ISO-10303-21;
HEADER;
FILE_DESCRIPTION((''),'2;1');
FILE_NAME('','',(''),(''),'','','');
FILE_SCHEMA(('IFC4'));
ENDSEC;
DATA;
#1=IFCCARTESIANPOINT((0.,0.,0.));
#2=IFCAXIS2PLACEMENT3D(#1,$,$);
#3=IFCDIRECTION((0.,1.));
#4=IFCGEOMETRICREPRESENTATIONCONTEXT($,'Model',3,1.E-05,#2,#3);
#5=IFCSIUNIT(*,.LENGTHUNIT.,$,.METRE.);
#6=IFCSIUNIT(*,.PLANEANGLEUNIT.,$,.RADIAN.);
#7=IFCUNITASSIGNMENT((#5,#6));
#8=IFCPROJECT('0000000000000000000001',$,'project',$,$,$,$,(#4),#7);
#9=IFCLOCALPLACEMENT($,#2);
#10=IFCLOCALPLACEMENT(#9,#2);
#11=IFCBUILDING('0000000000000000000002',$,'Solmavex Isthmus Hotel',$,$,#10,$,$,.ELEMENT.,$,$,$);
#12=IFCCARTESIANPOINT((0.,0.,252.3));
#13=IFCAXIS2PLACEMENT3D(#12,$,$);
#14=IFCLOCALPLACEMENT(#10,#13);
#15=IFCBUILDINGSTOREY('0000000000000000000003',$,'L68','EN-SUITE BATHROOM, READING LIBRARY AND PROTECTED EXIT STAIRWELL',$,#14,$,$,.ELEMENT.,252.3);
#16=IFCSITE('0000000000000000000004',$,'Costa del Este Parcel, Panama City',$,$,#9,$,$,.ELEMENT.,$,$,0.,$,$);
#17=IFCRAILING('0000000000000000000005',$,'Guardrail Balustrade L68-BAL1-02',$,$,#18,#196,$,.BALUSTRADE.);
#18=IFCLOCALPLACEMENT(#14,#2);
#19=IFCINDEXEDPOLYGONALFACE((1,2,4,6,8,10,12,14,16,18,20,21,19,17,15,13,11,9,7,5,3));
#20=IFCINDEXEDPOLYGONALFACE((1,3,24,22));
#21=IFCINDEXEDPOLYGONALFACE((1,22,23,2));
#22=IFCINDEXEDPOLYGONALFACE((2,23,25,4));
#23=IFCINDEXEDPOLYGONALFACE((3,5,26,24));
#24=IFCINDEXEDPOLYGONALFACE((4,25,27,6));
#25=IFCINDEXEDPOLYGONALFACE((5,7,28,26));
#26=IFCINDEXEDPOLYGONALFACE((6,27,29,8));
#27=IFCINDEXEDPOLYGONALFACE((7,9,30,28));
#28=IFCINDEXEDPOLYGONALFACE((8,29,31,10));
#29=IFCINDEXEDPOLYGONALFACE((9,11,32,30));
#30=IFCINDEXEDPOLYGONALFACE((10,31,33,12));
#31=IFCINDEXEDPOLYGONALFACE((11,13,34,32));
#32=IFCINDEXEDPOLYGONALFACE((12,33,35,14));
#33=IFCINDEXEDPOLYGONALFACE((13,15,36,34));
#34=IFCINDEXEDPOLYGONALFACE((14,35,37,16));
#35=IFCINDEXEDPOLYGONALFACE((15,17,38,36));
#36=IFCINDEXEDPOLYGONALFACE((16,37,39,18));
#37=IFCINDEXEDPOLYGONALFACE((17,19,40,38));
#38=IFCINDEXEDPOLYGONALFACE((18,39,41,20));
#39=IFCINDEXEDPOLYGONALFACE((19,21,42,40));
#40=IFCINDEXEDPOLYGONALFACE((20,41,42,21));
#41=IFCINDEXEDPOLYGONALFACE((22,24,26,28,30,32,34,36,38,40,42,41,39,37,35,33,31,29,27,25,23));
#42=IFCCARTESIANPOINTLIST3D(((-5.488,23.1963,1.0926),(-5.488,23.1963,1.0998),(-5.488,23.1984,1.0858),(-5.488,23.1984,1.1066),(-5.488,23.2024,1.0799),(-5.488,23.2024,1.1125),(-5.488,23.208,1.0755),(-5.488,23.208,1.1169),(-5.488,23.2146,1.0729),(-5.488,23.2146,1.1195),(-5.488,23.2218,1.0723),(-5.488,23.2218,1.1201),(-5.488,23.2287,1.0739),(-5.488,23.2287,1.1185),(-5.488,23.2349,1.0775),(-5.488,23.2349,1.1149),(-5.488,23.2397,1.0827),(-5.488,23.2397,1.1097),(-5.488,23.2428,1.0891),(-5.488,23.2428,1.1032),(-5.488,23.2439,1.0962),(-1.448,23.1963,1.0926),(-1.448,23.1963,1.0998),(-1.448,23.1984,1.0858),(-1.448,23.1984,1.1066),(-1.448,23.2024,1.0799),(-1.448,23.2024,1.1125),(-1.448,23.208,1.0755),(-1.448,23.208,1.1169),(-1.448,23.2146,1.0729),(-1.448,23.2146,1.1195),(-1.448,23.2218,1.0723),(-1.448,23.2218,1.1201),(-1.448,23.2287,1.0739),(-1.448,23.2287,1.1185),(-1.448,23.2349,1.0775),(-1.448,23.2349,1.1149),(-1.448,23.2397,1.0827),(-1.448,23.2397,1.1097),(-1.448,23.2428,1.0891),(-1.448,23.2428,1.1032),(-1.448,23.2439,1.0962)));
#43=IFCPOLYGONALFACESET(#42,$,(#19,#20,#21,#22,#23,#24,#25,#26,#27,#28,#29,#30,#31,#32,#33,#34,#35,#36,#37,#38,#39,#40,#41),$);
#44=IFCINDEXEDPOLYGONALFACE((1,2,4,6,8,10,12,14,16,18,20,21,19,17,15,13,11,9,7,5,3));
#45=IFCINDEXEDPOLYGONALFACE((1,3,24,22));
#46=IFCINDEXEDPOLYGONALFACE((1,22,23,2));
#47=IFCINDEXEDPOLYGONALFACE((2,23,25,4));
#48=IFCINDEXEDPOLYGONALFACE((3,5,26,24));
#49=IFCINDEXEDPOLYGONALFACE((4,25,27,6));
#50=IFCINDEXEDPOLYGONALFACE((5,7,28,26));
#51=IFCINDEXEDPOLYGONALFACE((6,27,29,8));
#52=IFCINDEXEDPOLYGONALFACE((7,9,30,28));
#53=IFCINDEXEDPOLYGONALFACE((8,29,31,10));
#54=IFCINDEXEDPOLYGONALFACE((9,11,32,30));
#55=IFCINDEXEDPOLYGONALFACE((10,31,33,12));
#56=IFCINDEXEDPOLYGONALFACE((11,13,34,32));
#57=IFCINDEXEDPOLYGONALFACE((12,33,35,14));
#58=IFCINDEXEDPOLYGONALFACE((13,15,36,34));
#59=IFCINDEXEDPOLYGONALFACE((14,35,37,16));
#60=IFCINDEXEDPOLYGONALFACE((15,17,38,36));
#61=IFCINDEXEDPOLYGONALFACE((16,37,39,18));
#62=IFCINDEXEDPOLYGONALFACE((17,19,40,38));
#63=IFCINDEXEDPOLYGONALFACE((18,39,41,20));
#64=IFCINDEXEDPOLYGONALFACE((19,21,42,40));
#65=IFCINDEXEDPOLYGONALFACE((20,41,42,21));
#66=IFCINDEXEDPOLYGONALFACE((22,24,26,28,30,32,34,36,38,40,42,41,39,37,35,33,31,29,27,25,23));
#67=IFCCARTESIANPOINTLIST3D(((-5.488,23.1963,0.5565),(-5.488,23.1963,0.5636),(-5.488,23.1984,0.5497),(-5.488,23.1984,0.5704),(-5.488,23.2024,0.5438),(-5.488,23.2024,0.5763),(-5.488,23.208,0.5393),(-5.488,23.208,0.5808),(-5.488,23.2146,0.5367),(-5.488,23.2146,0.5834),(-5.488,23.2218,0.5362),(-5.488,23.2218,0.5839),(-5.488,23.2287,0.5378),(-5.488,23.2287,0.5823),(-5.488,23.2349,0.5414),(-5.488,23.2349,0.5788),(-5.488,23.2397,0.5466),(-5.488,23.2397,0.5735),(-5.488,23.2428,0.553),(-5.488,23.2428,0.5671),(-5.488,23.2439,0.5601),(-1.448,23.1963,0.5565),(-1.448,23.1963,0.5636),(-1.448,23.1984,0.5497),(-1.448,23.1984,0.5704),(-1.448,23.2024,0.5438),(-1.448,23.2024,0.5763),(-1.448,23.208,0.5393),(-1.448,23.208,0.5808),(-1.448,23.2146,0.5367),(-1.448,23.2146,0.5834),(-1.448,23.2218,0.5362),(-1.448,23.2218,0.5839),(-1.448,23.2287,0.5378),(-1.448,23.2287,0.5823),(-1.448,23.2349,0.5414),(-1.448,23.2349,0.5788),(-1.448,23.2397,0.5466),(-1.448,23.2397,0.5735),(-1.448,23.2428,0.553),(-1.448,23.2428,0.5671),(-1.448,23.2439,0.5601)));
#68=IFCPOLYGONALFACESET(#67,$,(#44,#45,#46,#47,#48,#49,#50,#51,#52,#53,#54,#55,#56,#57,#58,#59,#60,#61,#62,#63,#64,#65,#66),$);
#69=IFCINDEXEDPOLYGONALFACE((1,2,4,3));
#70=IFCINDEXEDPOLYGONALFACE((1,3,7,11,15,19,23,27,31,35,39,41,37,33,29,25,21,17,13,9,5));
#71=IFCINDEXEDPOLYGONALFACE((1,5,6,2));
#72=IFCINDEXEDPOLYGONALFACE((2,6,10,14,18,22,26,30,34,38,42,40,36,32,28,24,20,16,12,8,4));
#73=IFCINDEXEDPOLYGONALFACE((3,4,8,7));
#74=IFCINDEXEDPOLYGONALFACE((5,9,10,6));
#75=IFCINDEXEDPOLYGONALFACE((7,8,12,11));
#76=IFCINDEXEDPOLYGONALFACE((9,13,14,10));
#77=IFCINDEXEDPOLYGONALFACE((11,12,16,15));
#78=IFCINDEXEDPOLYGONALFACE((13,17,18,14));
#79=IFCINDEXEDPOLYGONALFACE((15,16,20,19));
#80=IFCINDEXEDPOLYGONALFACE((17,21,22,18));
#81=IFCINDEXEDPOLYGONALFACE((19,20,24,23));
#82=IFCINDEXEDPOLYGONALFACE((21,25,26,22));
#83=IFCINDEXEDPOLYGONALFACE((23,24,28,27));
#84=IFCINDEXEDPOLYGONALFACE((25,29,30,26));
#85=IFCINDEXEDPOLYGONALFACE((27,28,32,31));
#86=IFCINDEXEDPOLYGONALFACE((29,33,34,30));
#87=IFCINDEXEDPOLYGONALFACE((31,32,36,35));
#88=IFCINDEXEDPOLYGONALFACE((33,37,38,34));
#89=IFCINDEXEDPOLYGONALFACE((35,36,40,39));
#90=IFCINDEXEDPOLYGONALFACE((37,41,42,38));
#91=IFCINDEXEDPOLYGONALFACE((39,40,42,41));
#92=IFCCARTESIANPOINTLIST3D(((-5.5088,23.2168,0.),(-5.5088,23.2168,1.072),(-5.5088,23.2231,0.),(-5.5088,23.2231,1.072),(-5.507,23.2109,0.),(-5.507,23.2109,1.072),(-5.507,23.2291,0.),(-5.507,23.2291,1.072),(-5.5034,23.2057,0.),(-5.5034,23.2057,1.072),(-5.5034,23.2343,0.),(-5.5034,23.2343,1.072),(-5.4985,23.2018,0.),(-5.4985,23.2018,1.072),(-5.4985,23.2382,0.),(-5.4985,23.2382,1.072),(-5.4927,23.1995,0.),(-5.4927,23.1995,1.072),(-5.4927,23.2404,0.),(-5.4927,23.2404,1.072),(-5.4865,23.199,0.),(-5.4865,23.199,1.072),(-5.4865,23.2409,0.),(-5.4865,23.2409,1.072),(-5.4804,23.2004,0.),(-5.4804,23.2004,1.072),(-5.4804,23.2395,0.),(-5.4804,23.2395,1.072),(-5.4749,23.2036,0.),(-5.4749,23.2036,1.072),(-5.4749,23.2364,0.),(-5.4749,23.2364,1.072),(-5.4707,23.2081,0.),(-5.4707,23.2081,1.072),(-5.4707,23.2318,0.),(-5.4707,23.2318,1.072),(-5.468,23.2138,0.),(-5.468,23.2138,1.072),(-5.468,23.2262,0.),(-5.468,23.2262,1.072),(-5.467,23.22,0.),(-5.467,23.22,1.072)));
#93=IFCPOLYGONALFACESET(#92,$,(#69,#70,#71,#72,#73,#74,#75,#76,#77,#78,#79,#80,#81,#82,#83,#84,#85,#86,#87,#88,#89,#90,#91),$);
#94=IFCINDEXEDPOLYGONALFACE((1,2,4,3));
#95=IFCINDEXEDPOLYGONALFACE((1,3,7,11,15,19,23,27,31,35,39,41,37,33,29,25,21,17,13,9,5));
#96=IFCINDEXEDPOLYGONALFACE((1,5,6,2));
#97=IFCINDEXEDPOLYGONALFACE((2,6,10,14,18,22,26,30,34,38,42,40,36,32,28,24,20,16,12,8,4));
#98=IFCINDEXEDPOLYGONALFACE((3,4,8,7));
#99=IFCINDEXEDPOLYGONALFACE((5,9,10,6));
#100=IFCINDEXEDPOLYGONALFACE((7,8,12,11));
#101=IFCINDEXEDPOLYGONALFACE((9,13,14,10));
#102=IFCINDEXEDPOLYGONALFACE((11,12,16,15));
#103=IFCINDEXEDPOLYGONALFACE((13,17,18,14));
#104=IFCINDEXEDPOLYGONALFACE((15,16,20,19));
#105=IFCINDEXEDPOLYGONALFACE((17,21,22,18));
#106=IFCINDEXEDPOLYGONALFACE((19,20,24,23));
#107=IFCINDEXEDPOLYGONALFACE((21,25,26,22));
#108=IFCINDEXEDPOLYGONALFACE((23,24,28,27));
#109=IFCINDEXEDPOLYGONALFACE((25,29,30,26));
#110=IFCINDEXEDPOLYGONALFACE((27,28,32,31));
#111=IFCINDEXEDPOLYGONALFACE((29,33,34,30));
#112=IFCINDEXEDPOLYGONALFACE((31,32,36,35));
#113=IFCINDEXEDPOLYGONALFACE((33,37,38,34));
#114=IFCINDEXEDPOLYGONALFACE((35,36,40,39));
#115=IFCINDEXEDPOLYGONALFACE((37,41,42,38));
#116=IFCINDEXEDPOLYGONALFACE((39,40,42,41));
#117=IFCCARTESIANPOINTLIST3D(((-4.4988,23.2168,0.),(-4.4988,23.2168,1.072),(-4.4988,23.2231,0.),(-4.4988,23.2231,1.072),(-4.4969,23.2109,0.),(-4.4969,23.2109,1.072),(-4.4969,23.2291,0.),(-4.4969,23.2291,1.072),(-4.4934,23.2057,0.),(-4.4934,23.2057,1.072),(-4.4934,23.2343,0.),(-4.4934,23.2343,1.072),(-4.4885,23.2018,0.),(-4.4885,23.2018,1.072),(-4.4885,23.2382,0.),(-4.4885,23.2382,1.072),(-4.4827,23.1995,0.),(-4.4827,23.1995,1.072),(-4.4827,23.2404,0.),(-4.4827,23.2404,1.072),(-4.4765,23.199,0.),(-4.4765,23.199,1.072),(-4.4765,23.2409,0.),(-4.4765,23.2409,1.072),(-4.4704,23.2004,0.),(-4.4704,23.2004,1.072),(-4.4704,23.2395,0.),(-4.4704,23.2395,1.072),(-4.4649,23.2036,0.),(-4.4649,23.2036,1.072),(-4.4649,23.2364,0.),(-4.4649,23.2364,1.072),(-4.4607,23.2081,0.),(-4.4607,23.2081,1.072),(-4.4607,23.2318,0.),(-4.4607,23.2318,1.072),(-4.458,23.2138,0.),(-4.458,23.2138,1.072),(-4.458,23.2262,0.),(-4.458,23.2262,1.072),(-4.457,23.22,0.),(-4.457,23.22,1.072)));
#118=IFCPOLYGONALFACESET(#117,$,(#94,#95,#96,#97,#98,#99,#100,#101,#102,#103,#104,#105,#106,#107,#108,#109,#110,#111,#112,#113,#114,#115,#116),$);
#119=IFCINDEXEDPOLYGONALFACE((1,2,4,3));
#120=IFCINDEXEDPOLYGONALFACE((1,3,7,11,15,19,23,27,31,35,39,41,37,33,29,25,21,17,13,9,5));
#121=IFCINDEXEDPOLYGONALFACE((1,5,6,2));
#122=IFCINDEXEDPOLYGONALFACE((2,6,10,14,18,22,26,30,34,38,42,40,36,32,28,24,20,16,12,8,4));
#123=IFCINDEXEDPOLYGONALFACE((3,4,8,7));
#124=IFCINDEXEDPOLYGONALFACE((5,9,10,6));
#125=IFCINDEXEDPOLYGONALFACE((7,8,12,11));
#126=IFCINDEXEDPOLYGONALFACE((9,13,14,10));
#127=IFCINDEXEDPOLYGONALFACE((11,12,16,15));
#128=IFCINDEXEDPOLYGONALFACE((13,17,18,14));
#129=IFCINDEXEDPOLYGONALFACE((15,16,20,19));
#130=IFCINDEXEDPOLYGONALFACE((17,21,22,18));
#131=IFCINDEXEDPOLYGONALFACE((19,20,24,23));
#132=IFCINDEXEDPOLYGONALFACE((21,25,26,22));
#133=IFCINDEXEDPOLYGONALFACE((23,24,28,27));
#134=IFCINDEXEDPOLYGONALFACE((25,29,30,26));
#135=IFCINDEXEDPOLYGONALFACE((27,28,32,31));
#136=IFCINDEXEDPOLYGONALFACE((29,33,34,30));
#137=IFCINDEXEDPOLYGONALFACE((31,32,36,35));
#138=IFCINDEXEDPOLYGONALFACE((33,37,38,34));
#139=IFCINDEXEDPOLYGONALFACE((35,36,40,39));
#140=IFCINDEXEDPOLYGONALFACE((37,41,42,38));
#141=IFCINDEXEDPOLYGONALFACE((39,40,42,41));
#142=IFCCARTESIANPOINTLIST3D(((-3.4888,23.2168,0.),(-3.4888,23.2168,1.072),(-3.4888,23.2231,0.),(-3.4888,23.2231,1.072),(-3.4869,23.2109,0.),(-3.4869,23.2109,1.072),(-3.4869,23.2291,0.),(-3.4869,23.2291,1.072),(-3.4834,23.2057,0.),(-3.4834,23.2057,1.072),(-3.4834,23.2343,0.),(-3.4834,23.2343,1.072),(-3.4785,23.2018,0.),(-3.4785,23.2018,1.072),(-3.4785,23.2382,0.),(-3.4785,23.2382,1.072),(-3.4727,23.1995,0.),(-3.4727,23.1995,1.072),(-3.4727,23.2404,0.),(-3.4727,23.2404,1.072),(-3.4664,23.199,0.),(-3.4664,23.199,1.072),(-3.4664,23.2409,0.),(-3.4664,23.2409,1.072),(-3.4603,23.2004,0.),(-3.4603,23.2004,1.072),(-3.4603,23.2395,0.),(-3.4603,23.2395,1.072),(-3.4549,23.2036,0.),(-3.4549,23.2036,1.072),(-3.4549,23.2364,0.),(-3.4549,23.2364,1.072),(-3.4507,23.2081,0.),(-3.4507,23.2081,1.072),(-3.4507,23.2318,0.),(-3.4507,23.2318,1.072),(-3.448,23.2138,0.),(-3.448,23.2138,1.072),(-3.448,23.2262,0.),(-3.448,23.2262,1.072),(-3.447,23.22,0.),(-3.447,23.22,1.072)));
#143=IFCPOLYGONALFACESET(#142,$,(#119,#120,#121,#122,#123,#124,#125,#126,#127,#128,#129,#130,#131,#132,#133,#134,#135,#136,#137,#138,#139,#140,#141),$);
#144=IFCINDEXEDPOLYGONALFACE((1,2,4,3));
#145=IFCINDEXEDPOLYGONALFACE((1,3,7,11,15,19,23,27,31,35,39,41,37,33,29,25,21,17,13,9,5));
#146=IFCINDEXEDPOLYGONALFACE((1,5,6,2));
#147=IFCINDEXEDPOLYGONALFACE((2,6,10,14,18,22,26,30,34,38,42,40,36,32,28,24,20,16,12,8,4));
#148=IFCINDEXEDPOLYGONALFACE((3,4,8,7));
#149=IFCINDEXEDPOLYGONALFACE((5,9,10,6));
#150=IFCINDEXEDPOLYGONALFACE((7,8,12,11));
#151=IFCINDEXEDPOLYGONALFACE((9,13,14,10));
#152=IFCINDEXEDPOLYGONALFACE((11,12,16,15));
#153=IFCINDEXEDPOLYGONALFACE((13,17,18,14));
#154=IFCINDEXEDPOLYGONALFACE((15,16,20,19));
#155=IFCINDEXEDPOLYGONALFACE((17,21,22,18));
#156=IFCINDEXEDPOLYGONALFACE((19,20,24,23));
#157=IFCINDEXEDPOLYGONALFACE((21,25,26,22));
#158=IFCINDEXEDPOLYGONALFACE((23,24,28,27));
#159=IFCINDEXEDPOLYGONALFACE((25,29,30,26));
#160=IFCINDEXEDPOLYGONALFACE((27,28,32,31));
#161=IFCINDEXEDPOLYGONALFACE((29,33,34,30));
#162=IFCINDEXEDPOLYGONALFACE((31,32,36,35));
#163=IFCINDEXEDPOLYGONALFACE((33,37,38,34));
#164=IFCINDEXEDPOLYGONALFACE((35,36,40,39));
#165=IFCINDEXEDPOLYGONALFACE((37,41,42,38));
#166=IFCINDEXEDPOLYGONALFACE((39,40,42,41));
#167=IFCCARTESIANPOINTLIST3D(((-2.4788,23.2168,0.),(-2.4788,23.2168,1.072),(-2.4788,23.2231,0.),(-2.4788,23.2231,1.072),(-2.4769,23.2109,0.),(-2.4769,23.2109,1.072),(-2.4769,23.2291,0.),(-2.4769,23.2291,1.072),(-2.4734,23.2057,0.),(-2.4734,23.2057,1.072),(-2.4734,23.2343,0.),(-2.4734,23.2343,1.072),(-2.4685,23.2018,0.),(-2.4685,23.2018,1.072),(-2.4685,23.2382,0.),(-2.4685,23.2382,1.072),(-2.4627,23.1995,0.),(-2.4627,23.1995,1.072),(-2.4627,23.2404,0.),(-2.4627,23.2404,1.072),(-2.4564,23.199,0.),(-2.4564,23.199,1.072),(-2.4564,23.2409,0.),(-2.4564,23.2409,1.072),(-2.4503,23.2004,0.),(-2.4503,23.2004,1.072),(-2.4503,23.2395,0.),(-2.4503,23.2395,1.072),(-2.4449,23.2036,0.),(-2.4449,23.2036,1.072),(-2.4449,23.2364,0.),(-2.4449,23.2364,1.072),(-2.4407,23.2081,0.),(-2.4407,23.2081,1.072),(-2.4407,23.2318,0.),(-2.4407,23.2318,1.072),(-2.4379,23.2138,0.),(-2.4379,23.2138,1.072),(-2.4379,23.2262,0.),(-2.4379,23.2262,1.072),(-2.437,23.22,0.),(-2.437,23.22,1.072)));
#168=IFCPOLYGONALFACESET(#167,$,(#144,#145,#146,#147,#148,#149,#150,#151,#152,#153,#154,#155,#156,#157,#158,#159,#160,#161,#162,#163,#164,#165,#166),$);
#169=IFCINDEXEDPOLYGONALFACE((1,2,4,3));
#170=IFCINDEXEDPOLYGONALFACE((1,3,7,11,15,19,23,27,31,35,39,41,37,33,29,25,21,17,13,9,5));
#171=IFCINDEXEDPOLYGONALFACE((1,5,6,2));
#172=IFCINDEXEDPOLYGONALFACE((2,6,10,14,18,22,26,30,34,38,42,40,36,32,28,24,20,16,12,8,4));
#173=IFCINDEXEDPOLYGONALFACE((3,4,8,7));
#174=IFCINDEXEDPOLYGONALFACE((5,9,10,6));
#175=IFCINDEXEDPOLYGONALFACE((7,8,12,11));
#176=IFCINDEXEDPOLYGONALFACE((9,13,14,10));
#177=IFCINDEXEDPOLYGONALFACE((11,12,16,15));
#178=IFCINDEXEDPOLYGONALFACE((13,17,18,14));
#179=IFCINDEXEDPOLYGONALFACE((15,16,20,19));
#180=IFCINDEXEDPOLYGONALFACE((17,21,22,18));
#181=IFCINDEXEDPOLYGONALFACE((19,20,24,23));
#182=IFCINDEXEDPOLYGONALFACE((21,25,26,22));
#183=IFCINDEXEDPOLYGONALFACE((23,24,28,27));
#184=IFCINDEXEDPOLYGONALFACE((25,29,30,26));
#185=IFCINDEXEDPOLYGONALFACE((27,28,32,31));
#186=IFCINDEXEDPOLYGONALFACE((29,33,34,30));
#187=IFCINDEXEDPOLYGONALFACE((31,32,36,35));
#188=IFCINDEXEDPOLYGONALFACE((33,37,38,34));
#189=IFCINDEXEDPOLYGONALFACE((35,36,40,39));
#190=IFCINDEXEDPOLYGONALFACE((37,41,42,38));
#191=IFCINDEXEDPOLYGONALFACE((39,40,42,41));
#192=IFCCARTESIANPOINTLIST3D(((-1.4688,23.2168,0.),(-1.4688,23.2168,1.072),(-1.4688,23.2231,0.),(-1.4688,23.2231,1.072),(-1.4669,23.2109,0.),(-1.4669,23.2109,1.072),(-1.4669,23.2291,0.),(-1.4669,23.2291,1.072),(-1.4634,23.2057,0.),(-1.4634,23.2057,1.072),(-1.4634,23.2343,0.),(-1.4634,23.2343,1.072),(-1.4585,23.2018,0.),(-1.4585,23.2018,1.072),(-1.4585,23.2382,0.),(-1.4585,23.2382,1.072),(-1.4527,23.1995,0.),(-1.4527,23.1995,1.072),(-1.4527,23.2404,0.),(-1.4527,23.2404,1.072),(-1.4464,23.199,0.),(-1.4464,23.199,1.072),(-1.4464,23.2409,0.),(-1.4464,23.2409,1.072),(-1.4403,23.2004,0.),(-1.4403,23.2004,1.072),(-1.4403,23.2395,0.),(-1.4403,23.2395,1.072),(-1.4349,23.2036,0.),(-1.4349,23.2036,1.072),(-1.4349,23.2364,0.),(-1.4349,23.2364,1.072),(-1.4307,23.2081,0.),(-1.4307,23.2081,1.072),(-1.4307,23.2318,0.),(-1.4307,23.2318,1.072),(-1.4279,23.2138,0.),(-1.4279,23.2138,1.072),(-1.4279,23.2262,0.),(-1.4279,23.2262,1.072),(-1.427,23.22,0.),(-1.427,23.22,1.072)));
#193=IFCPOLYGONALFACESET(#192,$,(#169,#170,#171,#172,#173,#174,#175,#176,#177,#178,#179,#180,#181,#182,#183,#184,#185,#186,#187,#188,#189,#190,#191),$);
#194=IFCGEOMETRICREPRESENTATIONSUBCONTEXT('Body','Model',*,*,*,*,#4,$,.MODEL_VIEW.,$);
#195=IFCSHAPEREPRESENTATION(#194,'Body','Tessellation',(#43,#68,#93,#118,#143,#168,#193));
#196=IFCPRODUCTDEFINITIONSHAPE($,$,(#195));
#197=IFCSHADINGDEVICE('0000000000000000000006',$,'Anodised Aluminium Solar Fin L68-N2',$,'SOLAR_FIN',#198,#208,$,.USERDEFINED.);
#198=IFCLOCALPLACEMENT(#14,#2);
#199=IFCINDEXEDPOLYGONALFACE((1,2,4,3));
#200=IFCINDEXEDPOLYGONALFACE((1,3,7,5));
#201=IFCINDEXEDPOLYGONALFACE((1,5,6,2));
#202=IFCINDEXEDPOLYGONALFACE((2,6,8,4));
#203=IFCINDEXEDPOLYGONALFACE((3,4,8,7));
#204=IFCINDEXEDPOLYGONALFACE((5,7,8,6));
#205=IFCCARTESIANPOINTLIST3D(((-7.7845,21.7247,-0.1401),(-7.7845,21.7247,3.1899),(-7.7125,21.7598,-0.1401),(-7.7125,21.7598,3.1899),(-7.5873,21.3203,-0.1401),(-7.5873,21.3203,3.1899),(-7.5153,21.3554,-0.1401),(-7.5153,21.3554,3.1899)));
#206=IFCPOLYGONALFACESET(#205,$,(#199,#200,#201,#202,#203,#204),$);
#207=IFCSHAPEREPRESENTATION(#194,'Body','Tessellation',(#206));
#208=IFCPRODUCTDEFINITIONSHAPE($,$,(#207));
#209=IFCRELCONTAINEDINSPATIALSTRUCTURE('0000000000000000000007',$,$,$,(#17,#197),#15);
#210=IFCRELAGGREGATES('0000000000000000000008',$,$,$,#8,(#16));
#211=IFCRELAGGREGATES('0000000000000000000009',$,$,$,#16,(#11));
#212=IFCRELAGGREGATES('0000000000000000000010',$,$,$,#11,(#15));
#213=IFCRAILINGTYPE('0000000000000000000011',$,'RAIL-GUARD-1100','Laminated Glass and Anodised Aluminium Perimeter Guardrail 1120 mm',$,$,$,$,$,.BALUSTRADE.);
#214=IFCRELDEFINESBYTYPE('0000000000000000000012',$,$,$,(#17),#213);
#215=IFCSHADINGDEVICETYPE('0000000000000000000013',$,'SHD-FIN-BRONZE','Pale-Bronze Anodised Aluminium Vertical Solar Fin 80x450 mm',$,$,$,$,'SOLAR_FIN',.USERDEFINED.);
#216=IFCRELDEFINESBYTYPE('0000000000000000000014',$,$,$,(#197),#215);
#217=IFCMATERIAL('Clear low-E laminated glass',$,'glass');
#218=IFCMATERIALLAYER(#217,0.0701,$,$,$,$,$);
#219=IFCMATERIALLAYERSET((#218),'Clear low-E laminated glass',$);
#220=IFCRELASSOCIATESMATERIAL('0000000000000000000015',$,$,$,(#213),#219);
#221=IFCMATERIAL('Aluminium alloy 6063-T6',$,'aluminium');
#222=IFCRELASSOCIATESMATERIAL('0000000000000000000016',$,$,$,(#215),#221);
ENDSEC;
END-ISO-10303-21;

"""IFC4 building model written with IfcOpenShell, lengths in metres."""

from ifc_helpers import new_model, si_unit, direction, frame, origin, origin_2d, place, context, subcontext, project, spatial, rectangle, circle, extrude, material, layer, layer_set, type_object, element, save


model = new_model("IFC4")

# Units and contexts
model_context = context("Model", 3, precision=1e-05, world=origin(), true_north=direction((0.0, 1.0)))
body_context = subcontext(model_context, "Body", "Model", "MODEL_VIEW")
ifc_project = project(units=[si_unit("LENGTHUNIT", "METRE"), si_unit("PLANEANGLEUNIT", "RADIAN")], contexts=[model_context])

# Site, building, storey
site_placement = place(None, origin())
site = spatial("IfcSite", under=ifc_project, at=site_placement, Name="Costa del Este Parcel, Panama City", CompositionType="ELEMENT", RefElevation=0.0)
building_placement = place(site_placement, origin())
building = spatial("IfcBuilding", under=site, at=building_placement, Name="Solmavex Isthmus Hotel", CompositionType="ELEMENT")
storey_placement = place(building_placement, frame((0.0, 0.0, 252.3)))
storey = spatial("IfcBuildingStorey", under=building, at=storey_placement, Name="L68", Description="EN-SUITE BATHROOM, READING LIBRARY AND PROTECTED EXIT STAIRWELL", CompositionType="ELEMENT", Elevation=252.3)

# Shared definitions
ifc_material_1 = material(Name="Aluminium alloy 6063-T6", Category="aluminium")
ifc_material_2 = material(Name="Clear low-E laminated glass", Category="glass")

# Railing
ifc_layer_1 = layer(ifc_material_2, 0.0701)
ifc_layer_set_1 = layer_set([ifc_layer_1], Name="Clear low-E laminated glass")
railing_type = type_object("IfcRailingType", Name="RAIL-GUARD-1100", Description="Laminated Glass and Anodised Aluminium Perimeter Guardrail 1120 mm", PredefinedType="BALUSTRADE", material=ifc_layer_set_1)
railing_1_placement = place(storey_placement, frame((-5.488, 23.22, 0.0)))
element("IfcRailing", 1, at=railing_1_placement, inside=storey, type_object=railing_type, Name="Guardrail Balustrade L68-BAL1-02", PredefinedType="BALUSTRADE", context=body_context, shape_type="SweptSolid", body=[
    extrude(circle(Radius=0.0239, at=origin_2d()), frame((0.0, 0.0, 1.0962), z_axis=(1.0, 0.0, 0.0), x_axis=(0.0, 1.0, 0.0)), (0.0, 0.0, 1.0), 4.04),
    extrude(circle(Radius=0.0239, at=origin_2d()), frame((0.0, 0.0, 0.5601), z_axis=(1.0, 0.0, 0.0), x_axis=(0.0, 1.0, 0.0)), (0.0, 0.0, 1.0), 4.04),
    extrude(circle(Radius=0.021, at=origin_2d()), origin(), (0.0, 0.0, 1.0), 1.072),
    extrude(circle(Radius=0.021, at=origin_2d()), frame((1.01, 0.0, 0.0)), (0.0, 0.0, 1.0), 1.072),
    extrude(circle(Radius=0.021, at=origin_2d()), frame((2.02, 0.0, 0.0)), (0.0, 0.0, 1.0), 1.072),
    extrude(circle(Radius=0.021, at=origin_2d()), frame((3.03, 0.0, 0.0)), (0.0, 0.0, 1.0), 1.072),
    extrude(circle(Radius=0.021, at=origin_2d()), frame((4.04, 0.0, 0.0)), (0.0, 0.0, 1.0), 1.072),
])

# Shading device
shading_device_type = type_object("IfcShadingDeviceType", Name="SHD-FIN-BRONZE", Description="Pale-Bronze Anodised Aluminium Vertical Solar Fin 80x450 mm", ElementType="SOLAR_FIN", PredefinedType="USERDEFINED", material=ifc_material_1)
shading_device_placement = place(storey_placement, frame((-7.6499, 21.54, -0.1401), z_axis=(0.0, 0.0, 1.0), x_axis=(-0.438371, 0.898794, 0.0)))
element("IfcShadingDevice", 2, at=shading_device_placement, inside=storey, type_object=shading_device_type, Name="Anodised Aluminium Solar Fin L68-N2", ObjectType="SOLAR_FIN", PredefinedType="USERDEFINED", context=body_context, shape_type="SweptSolid", body=[
    extrude(rectangle(XDim=0.45, YDim=0.0801, at=origin_2d()), origin(), (0.0, 0.0, 1.0), 3.3301),
])

save(model, "model.ifc")
